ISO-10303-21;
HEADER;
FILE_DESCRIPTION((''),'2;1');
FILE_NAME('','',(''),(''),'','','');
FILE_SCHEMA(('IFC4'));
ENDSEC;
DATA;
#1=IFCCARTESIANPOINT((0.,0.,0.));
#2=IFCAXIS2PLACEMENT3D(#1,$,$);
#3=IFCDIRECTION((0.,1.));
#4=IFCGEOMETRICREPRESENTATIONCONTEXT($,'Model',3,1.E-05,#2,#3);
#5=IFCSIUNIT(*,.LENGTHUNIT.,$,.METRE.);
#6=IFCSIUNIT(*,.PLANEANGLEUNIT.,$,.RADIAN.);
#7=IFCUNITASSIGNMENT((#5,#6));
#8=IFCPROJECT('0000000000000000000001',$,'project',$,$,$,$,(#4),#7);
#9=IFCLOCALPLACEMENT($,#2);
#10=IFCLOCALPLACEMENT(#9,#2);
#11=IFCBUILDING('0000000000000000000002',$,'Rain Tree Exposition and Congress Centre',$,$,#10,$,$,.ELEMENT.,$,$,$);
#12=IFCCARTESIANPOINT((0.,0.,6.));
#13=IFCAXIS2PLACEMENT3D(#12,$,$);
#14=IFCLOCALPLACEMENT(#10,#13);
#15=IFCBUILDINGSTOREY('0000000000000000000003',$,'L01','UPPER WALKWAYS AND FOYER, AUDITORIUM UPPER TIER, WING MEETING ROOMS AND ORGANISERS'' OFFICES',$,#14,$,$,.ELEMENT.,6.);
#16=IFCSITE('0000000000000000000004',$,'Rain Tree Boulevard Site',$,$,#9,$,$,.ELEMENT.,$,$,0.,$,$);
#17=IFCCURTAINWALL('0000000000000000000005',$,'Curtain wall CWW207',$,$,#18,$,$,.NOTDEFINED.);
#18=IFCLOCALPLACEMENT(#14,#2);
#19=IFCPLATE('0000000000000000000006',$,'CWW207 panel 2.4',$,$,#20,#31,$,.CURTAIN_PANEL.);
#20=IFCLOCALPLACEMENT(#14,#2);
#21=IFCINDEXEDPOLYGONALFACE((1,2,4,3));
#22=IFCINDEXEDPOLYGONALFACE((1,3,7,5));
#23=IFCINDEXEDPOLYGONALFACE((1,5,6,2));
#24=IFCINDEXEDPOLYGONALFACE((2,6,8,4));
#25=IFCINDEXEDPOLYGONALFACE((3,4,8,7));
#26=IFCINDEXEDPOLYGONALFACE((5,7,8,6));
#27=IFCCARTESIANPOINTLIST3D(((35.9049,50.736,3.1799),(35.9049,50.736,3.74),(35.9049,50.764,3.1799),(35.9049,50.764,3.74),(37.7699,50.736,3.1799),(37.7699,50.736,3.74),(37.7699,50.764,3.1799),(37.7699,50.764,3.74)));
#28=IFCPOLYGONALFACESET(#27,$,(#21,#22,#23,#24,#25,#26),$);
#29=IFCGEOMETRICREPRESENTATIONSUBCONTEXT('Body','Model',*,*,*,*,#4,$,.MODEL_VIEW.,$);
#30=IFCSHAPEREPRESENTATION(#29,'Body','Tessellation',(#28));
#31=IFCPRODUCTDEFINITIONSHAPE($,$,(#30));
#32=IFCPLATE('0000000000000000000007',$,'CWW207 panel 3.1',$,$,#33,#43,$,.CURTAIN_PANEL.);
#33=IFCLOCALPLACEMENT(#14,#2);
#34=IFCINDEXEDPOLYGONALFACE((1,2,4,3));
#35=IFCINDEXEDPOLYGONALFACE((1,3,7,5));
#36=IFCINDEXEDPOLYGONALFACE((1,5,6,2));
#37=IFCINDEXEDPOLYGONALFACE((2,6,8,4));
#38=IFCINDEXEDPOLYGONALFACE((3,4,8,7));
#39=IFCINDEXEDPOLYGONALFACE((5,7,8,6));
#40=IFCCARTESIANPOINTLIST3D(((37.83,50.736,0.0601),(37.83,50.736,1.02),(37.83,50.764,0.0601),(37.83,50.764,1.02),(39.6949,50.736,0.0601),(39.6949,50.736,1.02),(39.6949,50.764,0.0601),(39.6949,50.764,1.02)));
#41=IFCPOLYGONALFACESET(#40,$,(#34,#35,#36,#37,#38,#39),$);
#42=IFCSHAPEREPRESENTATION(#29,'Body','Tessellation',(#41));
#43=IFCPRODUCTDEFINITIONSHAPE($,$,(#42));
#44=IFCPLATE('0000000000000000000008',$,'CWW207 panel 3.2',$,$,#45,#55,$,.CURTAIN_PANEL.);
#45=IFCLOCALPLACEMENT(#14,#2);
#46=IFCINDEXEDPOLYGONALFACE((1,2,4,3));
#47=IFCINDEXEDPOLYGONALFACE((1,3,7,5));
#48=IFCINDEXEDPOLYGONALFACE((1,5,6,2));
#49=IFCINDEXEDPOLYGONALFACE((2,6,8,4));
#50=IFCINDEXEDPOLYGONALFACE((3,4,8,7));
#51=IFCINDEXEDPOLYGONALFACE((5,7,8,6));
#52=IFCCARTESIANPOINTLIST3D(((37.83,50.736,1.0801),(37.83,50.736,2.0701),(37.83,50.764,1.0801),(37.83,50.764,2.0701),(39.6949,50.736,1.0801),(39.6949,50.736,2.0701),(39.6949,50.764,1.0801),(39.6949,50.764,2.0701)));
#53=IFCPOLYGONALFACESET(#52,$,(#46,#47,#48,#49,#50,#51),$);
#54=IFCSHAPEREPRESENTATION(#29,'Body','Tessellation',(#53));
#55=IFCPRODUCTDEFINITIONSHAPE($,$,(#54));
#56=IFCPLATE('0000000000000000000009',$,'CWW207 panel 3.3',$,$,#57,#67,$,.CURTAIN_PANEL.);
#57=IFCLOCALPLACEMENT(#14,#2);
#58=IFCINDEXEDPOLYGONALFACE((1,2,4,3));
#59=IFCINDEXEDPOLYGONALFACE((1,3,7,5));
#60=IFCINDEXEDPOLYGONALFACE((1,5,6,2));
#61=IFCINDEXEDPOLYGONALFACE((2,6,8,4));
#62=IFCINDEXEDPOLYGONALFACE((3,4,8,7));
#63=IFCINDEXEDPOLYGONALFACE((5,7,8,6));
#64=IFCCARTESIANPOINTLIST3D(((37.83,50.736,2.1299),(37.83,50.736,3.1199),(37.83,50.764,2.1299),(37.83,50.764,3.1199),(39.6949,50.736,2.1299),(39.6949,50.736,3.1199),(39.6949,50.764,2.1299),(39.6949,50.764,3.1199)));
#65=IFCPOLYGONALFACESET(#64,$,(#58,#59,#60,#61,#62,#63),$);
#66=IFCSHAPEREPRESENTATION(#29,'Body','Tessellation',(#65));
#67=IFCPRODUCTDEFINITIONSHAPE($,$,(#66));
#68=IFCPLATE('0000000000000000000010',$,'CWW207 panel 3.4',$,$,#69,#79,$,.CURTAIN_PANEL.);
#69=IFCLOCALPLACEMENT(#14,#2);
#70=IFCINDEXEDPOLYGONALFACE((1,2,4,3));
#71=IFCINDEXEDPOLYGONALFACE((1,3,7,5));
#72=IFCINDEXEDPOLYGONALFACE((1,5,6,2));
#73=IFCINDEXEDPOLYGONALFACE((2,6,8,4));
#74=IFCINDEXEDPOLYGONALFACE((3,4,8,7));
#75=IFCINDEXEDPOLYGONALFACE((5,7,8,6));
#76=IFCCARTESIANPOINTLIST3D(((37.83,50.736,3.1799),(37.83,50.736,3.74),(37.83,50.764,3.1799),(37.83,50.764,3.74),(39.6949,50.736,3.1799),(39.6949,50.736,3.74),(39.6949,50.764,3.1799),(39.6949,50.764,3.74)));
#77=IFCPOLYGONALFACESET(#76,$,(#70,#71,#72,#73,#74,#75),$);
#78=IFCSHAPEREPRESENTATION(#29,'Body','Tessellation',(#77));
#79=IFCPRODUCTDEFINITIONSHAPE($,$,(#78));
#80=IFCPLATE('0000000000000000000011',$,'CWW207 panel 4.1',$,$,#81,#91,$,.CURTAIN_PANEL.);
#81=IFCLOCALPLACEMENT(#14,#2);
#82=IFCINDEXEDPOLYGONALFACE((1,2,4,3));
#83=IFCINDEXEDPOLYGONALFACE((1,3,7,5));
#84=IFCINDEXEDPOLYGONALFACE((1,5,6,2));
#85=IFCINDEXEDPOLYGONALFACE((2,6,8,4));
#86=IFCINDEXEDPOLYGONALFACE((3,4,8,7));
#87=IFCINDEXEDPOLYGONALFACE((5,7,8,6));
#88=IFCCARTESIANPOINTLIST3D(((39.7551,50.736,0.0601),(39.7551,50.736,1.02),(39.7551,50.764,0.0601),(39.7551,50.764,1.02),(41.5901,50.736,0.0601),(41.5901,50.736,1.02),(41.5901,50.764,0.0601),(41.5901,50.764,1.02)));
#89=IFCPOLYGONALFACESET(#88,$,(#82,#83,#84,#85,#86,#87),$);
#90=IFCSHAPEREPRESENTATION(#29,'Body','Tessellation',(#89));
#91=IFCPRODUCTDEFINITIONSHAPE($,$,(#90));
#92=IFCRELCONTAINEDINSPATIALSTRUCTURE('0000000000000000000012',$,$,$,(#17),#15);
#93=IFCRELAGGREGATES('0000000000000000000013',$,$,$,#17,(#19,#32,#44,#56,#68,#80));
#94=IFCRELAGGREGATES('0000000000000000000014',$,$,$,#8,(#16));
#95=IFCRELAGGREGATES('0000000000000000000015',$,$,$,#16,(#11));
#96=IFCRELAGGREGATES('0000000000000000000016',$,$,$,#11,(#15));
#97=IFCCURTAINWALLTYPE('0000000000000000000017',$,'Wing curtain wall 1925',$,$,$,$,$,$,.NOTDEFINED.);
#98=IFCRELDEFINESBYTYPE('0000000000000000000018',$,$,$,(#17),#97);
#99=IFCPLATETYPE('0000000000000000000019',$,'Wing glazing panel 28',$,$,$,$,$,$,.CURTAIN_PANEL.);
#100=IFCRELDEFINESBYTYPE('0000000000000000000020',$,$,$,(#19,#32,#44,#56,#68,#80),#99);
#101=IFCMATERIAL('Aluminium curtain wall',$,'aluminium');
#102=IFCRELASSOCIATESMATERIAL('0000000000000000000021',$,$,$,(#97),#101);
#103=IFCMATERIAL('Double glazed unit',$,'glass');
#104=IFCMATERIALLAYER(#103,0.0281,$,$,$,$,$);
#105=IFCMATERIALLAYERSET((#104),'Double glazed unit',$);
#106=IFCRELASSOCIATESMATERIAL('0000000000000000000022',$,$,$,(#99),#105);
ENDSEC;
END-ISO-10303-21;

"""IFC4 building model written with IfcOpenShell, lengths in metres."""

from ifc_helpers import new_model, si_unit, direction, frame, origin, origin_2d, place, context, subcontext, project, spatial, rectangle, extrude, material, layer, layer_set, type_object, element, aggregate, save


model = new_model("IFC4")

# Units and contexts
model_context = context("Model", 3, precision=1e-05, world=origin(), true_north=direction((0.0, 1.0)))
body_context = subcontext(model_context, "Body", "Model", "MODEL_VIEW")
ifc_project = project(units=[si_unit("LENGTHUNIT", "METRE"), si_unit("PLANEANGLEUNIT", "RADIAN")], contexts=[model_context])

# Site, building, storey
site_placement = place(None, origin())
site = spatial("IfcSite", under=ifc_project, at=site_placement, Name="Rain Tree Boulevard Site", CompositionType="ELEMENT", RefElevation=0.0)
building_placement = place(site_placement, origin())
building = spatial("IfcBuilding", under=site, at=building_placement, Name="Rain Tree Exposition and Congress Centre", CompositionType="ELEMENT")
storey_placement = place(building_placement, frame((0.0, 0.0, 6.0)))
storey = spatial("IfcBuildingStorey", under=building, at=storey_placement, Name="L01", Description="UPPER WALKWAYS AND FOYER, AUDITORIUM UPPER TIER, WING MEETING ROOMS AND ORGANISERS' OFFICES", CompositionType="ELEMENT", Elevation=6.0)

# Curtain wall, plates
ifc_material_1 = material(Name="Aluminium curtain wall", Category="aluminium")
curtain_wall_type = type_object("IfcCurtainWallType", Name="Wing curtain wall 1925", PredefinedType="NOTDEFINED", material=ifc_material_1)
curtain_wall_placement = place(storey_placement, origin())
curtain_wall = element("IfcCurtainWall", 1, at=curtain_wall_placement, inside=storey, type_object=curtain_wall_type, Name="Curtain wall CWW207", PredefinedType="NOTDEFINED")
ifc_material_2 = material(Name="Double glazed unit", Category="glass")
ifc_layer = layer(ifc_material_2, 0.0281)
ifc_layer_set = layer_set([ifc_layer], Name="Double glazed unit")
plate_type = type_object("IfcPlateType", Name="Wing glazing panel 28", PredefinedType="CURTAIN_PANEL", material=ifc_layer_set)
plate_1_placement = place(storey_placement, frame((36.8374, 50.75, 3.1799), z_axis=(0.0, 0.0, 1.0), x_axis=(1.0, 0.0, 0.0)))
plate_1 = element("IfcPlate", 2, at=plate_1_placement, type_object=plate_type, Name="CWW207 panel 2.4", PredefinedType="CURTAIN_PANEL", context=body_context, shape_type="SweptSolid", body=[
    extrude(rectangle(XDim=1.865, YDim=0.0281, at=origin_2d()), origin(), (0.0, 0.0, 1.0), 0.5601),
])
plate_2_placement = place(storey_placement, frame((38.7625, 50.75, 0.0601), z_axis=(0.0, 0.0, 1.0), x_axis=(1.0, 0.0, 0.0)))
plate_2 = element("IfcPlate", 3, at=plate_2_placement, type_object=plate_type, Name="CWW207 panel 3.1", PredefinedType="CURTAIN_PANEL", context=body_context, shape_type="SweptSolid", body=[
    extrude(rectangle(XDim=1.865, YDim=0.0281, at=origin_2d()), origin(), (0.0, 0.0, 1.0), 0.96),
])
plate_3_placement = place(storey_placement, frame((38.7625, 50.75, 1.0801), z_axis=(0.0, 0.0, 1.0), x_axis=(1.0, 0.0, 0.0)))
plate_3 = element("IfcPlate", 4, at=plate_3_placement, type_object=plate_type, Name="CWW207 panel 3.2", PredefinedType="CURTAIN_PANEL", context=body_context, shape_type="SweptSolid", body=[
    extrude(rectangle(XDim=1.865, YDim=0.0281, at=origin_2d()), origin(), (0.0, 0.0, 1.0), 0.99),
])
plate_4_placement = place(storey_placement, frame((38.7625, 50.75, 2.1299), z_axis=(0.0, 0.0, 1.0), x_axis=(1.0, 0.0, 0.0)))
plate_4 = element("IfcPlate", 5, at=plate_4_placement, type_object=plate_type, Name="CWW207 panel 3.3", PredefinedType="CURTAIN_PANEL", context=body_context, shape_type="SweptSolid", body=[
    extrude(rectangle(XDim=1.865, YDim=0.0281, at=origin_2d()), origin(), (0.0, 0.0, 1.0), 0.99),
])
plate_5_placement = place(storey_placement, frame((38.7625, 50.75, 3.1799), z_axis=(0.0, 0.0, 1.0), x_axis=(1.0, 0.0, 0.0)))
plate_5 = element("IfcPlate", 6, at=plate_5_placement, type_object=plate_type, Name="CWW207 panel 3.4", PredefinedType="CURTAIN_PANEL", context=body_context, shape_type="SweptSolid", body=[
    extrude(rectangle(XDim=1.865, YDim=0.0281, at=origin_2d()), origin(), (0.0, 0.0, 1.0), 0.5601),
])
plate_6_placement = place(storey_placement, frame((40.6726, 50.75, 0.0601), z_axis=(0.0, 0.0, 1.0), x_axis=(1.0, 0.0, 0.0)))
plate_6 = element("IfcPlate", 7, at=plate_6_placement, type_object=plate_type, Name="CWW207 panel 4.1", PredefinedType="CURTAIN_PANEL", context=body_context, shape_type="SweptSolid", body=[
    extrude(rectangle(XDim=1.835, YDim=0.0281, at=origin_2d()), origin(), (0.0, 0.0, 1.0), 0.96),
])
aggregate(curtain_wall, [plate_1, plate_2, plate_3, plate_4, plate_5, plate_6])

save(model, "model.ifc")
